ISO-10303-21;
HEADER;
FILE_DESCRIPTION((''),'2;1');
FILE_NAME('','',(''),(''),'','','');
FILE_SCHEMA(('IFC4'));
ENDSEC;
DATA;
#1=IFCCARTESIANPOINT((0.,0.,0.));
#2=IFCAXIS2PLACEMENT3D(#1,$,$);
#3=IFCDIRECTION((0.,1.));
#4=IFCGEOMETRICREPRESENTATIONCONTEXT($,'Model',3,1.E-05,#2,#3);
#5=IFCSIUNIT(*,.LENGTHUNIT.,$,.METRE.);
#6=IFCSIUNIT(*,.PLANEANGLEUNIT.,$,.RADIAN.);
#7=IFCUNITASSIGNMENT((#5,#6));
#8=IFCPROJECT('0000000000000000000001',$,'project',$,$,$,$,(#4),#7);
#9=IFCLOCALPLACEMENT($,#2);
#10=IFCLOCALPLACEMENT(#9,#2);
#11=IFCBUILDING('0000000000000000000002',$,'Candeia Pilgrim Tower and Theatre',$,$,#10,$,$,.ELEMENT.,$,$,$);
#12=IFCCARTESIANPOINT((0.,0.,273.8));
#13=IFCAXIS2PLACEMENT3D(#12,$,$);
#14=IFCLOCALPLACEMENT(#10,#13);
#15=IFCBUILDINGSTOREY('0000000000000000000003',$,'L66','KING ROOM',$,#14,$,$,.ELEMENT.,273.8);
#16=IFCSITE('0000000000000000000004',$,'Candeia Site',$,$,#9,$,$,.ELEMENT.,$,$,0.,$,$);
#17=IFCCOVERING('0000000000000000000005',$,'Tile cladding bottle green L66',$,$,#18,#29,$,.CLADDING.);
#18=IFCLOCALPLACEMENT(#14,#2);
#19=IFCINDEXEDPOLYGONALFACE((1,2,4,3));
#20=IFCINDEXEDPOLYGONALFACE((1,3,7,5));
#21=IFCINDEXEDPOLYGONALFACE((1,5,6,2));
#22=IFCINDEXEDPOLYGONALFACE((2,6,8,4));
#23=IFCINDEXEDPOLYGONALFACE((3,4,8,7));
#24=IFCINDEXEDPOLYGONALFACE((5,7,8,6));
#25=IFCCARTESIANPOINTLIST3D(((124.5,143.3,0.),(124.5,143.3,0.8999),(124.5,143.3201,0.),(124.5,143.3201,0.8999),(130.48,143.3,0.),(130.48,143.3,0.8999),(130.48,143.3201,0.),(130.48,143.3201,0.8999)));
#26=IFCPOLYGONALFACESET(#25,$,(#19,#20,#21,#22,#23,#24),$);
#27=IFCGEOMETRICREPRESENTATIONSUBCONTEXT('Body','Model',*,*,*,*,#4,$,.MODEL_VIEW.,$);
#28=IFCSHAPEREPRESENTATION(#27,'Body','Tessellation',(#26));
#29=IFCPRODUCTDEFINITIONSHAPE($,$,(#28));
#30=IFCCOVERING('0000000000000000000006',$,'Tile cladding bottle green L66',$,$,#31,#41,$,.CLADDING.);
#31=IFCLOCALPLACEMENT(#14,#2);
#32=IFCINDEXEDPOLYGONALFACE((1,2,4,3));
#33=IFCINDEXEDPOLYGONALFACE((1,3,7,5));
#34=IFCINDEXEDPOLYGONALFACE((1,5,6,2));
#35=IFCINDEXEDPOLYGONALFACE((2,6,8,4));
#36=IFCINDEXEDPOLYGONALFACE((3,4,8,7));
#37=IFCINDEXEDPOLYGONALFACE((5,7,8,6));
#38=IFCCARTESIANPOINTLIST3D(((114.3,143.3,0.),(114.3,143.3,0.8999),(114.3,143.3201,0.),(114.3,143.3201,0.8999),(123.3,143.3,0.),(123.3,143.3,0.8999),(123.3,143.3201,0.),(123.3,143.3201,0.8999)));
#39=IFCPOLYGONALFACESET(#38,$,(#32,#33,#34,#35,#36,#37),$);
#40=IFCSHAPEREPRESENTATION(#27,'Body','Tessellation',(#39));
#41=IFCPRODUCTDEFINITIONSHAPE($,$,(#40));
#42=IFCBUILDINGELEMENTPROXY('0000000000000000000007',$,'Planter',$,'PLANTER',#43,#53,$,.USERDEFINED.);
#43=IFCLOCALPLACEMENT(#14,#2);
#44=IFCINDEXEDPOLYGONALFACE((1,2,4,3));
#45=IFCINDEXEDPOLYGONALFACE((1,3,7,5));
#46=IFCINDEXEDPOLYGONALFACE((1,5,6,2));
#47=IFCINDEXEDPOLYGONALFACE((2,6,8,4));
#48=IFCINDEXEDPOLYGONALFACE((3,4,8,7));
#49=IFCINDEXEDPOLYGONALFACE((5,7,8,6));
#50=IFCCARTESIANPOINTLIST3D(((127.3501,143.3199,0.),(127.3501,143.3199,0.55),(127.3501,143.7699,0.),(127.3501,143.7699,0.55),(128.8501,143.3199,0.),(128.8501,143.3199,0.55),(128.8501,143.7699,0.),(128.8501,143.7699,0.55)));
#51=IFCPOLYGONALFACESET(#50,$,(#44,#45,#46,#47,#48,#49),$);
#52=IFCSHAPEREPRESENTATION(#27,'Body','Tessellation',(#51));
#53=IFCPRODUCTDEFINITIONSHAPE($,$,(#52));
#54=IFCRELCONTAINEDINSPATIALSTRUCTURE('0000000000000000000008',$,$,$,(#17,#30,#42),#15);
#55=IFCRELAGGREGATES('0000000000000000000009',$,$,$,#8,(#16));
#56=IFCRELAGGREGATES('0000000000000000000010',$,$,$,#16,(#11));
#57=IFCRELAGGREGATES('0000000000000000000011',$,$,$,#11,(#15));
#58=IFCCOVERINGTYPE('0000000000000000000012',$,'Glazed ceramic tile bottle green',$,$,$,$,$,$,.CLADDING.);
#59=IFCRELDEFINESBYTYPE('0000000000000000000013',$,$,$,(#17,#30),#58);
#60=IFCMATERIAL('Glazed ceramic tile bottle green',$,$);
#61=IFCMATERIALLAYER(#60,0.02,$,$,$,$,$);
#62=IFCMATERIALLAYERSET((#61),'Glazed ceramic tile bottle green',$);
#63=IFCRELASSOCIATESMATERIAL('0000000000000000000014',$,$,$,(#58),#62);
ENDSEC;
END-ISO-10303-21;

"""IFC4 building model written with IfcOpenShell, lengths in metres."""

from ifc_helpers import new_model, si_unit, direction, frame, origin, origin_2d, place, context, subcontext, project, spatial, rectangle, extrude, material, layer, layer_set, type_object, element, save


model = new_model("IFC4")

# Units and contexts
model_context = context("Model", 3, precision=1e-05, world=origin(), true_north=direction((0.0, 1.0)))
body_context = subcontext(model_context, "Body", "Model", "MODEL_VIEW")
ifc_project = project(units=[si_unit("LENGTHUNIT", "METRE"), si_unit("PLANEANGLEUNIT", "RADIAN")], contexts=[model_context])

# Site, building, storey
site_placement = place(None, origin())
site = spatial("IfcSite", under=ifc_project, at=site_placement, Name="Candeia Site", CompositionType="ELEMENT", RefElevation=0.0)
building_placement = place(site_placement, origin())
building = spatial("IfcBuilding", under=site, at=building_placement, Name="Candeia Pilgrim Tower and Theatre", CompositionType="ELEMENT")
storey_placement = place(building_placement, frame((0.0, 0.0, 273.8)))
storey = spatial("IfcBuildingStorey", under=building, at=storey_placement, Name="L66", Description="KING ROOM", CompositionType="ELEMENT", Elevation=273.8)

# Coverings
ifc_material_1 = material(Name="Glazed ceramic tile bottle green")
ifc_layer_1 = layer(ifc_material_1, 0.02)
ifc_layer_set_1 = layer_set([ifc_layer_1], Name="Glazed ceramic tile bottle green")
covering_type = type_object("IfcCoveringType", Name="Glazed ceramic tile bottle green", PredefinedType="CLADDING", material=ifc_layer_set_1)
covering_1_placement = place(storey_placement, frame((127.49, 143.3101, 0.0), z_axis=(0.0, 0.0, 1.0), x_axis=(-1.0, 0.0, 0.0)))
element("IfcCovering", 1, at=covering_1_placement, inside=storey, type_object=covering_type, Name="Tile cladding bottle green L66", PredefinedType="CLADDING", context=body_context, shape_type="SweptSolid", body=[
    extrude(rectangle(XDim=5.98, YDim=0.02, at=origin_2d()), origin(), (0.0, 0.0, 1.0), 0.8999),
])
covering_2_placement = place(storey_placement, frame((118.8, 143.3101, 0.0), z_axis=(0.0, 0.0, 1.0), x_axis=(-1.0, 0.0, 0.0)))
element("IfcCovering", 2, at=covering_2_placement, inside=storey, type_object=covering_type, Name="Tile cladding bottle green L66", PredefinedType="CLADDING", context=body_context, shape_type="SweptSolid", body=[
    extrude(rectangle(XDim=9.0, YDim=0.02, at=origin_2d()), origin(), (0.0, 0.0, 1.0), 0.8999),
])

# Building element proxy
proxy_placement = place(storey_placement, frame((128.1001, 143.5449, 0.0), z_axis=(0.0, 0.0, 1.0), x_axis=(-1.0, 0.0, 0.0)))
element("IfcBuildingElementProxy", 3, at=proxy_placement, inside=storey, Name="Planter", ObjectType="PLANTER", PredefinedType="USERDEFINED", context=body_context, shape_type="SweptSolid", body=[
    extrude(rectangle(XDim=1.5, YDim=0.45, at=origin_2d()), origin(), (0.0, 0.0, 1.0), 0.55),
])

save(model, "model.ifc")
